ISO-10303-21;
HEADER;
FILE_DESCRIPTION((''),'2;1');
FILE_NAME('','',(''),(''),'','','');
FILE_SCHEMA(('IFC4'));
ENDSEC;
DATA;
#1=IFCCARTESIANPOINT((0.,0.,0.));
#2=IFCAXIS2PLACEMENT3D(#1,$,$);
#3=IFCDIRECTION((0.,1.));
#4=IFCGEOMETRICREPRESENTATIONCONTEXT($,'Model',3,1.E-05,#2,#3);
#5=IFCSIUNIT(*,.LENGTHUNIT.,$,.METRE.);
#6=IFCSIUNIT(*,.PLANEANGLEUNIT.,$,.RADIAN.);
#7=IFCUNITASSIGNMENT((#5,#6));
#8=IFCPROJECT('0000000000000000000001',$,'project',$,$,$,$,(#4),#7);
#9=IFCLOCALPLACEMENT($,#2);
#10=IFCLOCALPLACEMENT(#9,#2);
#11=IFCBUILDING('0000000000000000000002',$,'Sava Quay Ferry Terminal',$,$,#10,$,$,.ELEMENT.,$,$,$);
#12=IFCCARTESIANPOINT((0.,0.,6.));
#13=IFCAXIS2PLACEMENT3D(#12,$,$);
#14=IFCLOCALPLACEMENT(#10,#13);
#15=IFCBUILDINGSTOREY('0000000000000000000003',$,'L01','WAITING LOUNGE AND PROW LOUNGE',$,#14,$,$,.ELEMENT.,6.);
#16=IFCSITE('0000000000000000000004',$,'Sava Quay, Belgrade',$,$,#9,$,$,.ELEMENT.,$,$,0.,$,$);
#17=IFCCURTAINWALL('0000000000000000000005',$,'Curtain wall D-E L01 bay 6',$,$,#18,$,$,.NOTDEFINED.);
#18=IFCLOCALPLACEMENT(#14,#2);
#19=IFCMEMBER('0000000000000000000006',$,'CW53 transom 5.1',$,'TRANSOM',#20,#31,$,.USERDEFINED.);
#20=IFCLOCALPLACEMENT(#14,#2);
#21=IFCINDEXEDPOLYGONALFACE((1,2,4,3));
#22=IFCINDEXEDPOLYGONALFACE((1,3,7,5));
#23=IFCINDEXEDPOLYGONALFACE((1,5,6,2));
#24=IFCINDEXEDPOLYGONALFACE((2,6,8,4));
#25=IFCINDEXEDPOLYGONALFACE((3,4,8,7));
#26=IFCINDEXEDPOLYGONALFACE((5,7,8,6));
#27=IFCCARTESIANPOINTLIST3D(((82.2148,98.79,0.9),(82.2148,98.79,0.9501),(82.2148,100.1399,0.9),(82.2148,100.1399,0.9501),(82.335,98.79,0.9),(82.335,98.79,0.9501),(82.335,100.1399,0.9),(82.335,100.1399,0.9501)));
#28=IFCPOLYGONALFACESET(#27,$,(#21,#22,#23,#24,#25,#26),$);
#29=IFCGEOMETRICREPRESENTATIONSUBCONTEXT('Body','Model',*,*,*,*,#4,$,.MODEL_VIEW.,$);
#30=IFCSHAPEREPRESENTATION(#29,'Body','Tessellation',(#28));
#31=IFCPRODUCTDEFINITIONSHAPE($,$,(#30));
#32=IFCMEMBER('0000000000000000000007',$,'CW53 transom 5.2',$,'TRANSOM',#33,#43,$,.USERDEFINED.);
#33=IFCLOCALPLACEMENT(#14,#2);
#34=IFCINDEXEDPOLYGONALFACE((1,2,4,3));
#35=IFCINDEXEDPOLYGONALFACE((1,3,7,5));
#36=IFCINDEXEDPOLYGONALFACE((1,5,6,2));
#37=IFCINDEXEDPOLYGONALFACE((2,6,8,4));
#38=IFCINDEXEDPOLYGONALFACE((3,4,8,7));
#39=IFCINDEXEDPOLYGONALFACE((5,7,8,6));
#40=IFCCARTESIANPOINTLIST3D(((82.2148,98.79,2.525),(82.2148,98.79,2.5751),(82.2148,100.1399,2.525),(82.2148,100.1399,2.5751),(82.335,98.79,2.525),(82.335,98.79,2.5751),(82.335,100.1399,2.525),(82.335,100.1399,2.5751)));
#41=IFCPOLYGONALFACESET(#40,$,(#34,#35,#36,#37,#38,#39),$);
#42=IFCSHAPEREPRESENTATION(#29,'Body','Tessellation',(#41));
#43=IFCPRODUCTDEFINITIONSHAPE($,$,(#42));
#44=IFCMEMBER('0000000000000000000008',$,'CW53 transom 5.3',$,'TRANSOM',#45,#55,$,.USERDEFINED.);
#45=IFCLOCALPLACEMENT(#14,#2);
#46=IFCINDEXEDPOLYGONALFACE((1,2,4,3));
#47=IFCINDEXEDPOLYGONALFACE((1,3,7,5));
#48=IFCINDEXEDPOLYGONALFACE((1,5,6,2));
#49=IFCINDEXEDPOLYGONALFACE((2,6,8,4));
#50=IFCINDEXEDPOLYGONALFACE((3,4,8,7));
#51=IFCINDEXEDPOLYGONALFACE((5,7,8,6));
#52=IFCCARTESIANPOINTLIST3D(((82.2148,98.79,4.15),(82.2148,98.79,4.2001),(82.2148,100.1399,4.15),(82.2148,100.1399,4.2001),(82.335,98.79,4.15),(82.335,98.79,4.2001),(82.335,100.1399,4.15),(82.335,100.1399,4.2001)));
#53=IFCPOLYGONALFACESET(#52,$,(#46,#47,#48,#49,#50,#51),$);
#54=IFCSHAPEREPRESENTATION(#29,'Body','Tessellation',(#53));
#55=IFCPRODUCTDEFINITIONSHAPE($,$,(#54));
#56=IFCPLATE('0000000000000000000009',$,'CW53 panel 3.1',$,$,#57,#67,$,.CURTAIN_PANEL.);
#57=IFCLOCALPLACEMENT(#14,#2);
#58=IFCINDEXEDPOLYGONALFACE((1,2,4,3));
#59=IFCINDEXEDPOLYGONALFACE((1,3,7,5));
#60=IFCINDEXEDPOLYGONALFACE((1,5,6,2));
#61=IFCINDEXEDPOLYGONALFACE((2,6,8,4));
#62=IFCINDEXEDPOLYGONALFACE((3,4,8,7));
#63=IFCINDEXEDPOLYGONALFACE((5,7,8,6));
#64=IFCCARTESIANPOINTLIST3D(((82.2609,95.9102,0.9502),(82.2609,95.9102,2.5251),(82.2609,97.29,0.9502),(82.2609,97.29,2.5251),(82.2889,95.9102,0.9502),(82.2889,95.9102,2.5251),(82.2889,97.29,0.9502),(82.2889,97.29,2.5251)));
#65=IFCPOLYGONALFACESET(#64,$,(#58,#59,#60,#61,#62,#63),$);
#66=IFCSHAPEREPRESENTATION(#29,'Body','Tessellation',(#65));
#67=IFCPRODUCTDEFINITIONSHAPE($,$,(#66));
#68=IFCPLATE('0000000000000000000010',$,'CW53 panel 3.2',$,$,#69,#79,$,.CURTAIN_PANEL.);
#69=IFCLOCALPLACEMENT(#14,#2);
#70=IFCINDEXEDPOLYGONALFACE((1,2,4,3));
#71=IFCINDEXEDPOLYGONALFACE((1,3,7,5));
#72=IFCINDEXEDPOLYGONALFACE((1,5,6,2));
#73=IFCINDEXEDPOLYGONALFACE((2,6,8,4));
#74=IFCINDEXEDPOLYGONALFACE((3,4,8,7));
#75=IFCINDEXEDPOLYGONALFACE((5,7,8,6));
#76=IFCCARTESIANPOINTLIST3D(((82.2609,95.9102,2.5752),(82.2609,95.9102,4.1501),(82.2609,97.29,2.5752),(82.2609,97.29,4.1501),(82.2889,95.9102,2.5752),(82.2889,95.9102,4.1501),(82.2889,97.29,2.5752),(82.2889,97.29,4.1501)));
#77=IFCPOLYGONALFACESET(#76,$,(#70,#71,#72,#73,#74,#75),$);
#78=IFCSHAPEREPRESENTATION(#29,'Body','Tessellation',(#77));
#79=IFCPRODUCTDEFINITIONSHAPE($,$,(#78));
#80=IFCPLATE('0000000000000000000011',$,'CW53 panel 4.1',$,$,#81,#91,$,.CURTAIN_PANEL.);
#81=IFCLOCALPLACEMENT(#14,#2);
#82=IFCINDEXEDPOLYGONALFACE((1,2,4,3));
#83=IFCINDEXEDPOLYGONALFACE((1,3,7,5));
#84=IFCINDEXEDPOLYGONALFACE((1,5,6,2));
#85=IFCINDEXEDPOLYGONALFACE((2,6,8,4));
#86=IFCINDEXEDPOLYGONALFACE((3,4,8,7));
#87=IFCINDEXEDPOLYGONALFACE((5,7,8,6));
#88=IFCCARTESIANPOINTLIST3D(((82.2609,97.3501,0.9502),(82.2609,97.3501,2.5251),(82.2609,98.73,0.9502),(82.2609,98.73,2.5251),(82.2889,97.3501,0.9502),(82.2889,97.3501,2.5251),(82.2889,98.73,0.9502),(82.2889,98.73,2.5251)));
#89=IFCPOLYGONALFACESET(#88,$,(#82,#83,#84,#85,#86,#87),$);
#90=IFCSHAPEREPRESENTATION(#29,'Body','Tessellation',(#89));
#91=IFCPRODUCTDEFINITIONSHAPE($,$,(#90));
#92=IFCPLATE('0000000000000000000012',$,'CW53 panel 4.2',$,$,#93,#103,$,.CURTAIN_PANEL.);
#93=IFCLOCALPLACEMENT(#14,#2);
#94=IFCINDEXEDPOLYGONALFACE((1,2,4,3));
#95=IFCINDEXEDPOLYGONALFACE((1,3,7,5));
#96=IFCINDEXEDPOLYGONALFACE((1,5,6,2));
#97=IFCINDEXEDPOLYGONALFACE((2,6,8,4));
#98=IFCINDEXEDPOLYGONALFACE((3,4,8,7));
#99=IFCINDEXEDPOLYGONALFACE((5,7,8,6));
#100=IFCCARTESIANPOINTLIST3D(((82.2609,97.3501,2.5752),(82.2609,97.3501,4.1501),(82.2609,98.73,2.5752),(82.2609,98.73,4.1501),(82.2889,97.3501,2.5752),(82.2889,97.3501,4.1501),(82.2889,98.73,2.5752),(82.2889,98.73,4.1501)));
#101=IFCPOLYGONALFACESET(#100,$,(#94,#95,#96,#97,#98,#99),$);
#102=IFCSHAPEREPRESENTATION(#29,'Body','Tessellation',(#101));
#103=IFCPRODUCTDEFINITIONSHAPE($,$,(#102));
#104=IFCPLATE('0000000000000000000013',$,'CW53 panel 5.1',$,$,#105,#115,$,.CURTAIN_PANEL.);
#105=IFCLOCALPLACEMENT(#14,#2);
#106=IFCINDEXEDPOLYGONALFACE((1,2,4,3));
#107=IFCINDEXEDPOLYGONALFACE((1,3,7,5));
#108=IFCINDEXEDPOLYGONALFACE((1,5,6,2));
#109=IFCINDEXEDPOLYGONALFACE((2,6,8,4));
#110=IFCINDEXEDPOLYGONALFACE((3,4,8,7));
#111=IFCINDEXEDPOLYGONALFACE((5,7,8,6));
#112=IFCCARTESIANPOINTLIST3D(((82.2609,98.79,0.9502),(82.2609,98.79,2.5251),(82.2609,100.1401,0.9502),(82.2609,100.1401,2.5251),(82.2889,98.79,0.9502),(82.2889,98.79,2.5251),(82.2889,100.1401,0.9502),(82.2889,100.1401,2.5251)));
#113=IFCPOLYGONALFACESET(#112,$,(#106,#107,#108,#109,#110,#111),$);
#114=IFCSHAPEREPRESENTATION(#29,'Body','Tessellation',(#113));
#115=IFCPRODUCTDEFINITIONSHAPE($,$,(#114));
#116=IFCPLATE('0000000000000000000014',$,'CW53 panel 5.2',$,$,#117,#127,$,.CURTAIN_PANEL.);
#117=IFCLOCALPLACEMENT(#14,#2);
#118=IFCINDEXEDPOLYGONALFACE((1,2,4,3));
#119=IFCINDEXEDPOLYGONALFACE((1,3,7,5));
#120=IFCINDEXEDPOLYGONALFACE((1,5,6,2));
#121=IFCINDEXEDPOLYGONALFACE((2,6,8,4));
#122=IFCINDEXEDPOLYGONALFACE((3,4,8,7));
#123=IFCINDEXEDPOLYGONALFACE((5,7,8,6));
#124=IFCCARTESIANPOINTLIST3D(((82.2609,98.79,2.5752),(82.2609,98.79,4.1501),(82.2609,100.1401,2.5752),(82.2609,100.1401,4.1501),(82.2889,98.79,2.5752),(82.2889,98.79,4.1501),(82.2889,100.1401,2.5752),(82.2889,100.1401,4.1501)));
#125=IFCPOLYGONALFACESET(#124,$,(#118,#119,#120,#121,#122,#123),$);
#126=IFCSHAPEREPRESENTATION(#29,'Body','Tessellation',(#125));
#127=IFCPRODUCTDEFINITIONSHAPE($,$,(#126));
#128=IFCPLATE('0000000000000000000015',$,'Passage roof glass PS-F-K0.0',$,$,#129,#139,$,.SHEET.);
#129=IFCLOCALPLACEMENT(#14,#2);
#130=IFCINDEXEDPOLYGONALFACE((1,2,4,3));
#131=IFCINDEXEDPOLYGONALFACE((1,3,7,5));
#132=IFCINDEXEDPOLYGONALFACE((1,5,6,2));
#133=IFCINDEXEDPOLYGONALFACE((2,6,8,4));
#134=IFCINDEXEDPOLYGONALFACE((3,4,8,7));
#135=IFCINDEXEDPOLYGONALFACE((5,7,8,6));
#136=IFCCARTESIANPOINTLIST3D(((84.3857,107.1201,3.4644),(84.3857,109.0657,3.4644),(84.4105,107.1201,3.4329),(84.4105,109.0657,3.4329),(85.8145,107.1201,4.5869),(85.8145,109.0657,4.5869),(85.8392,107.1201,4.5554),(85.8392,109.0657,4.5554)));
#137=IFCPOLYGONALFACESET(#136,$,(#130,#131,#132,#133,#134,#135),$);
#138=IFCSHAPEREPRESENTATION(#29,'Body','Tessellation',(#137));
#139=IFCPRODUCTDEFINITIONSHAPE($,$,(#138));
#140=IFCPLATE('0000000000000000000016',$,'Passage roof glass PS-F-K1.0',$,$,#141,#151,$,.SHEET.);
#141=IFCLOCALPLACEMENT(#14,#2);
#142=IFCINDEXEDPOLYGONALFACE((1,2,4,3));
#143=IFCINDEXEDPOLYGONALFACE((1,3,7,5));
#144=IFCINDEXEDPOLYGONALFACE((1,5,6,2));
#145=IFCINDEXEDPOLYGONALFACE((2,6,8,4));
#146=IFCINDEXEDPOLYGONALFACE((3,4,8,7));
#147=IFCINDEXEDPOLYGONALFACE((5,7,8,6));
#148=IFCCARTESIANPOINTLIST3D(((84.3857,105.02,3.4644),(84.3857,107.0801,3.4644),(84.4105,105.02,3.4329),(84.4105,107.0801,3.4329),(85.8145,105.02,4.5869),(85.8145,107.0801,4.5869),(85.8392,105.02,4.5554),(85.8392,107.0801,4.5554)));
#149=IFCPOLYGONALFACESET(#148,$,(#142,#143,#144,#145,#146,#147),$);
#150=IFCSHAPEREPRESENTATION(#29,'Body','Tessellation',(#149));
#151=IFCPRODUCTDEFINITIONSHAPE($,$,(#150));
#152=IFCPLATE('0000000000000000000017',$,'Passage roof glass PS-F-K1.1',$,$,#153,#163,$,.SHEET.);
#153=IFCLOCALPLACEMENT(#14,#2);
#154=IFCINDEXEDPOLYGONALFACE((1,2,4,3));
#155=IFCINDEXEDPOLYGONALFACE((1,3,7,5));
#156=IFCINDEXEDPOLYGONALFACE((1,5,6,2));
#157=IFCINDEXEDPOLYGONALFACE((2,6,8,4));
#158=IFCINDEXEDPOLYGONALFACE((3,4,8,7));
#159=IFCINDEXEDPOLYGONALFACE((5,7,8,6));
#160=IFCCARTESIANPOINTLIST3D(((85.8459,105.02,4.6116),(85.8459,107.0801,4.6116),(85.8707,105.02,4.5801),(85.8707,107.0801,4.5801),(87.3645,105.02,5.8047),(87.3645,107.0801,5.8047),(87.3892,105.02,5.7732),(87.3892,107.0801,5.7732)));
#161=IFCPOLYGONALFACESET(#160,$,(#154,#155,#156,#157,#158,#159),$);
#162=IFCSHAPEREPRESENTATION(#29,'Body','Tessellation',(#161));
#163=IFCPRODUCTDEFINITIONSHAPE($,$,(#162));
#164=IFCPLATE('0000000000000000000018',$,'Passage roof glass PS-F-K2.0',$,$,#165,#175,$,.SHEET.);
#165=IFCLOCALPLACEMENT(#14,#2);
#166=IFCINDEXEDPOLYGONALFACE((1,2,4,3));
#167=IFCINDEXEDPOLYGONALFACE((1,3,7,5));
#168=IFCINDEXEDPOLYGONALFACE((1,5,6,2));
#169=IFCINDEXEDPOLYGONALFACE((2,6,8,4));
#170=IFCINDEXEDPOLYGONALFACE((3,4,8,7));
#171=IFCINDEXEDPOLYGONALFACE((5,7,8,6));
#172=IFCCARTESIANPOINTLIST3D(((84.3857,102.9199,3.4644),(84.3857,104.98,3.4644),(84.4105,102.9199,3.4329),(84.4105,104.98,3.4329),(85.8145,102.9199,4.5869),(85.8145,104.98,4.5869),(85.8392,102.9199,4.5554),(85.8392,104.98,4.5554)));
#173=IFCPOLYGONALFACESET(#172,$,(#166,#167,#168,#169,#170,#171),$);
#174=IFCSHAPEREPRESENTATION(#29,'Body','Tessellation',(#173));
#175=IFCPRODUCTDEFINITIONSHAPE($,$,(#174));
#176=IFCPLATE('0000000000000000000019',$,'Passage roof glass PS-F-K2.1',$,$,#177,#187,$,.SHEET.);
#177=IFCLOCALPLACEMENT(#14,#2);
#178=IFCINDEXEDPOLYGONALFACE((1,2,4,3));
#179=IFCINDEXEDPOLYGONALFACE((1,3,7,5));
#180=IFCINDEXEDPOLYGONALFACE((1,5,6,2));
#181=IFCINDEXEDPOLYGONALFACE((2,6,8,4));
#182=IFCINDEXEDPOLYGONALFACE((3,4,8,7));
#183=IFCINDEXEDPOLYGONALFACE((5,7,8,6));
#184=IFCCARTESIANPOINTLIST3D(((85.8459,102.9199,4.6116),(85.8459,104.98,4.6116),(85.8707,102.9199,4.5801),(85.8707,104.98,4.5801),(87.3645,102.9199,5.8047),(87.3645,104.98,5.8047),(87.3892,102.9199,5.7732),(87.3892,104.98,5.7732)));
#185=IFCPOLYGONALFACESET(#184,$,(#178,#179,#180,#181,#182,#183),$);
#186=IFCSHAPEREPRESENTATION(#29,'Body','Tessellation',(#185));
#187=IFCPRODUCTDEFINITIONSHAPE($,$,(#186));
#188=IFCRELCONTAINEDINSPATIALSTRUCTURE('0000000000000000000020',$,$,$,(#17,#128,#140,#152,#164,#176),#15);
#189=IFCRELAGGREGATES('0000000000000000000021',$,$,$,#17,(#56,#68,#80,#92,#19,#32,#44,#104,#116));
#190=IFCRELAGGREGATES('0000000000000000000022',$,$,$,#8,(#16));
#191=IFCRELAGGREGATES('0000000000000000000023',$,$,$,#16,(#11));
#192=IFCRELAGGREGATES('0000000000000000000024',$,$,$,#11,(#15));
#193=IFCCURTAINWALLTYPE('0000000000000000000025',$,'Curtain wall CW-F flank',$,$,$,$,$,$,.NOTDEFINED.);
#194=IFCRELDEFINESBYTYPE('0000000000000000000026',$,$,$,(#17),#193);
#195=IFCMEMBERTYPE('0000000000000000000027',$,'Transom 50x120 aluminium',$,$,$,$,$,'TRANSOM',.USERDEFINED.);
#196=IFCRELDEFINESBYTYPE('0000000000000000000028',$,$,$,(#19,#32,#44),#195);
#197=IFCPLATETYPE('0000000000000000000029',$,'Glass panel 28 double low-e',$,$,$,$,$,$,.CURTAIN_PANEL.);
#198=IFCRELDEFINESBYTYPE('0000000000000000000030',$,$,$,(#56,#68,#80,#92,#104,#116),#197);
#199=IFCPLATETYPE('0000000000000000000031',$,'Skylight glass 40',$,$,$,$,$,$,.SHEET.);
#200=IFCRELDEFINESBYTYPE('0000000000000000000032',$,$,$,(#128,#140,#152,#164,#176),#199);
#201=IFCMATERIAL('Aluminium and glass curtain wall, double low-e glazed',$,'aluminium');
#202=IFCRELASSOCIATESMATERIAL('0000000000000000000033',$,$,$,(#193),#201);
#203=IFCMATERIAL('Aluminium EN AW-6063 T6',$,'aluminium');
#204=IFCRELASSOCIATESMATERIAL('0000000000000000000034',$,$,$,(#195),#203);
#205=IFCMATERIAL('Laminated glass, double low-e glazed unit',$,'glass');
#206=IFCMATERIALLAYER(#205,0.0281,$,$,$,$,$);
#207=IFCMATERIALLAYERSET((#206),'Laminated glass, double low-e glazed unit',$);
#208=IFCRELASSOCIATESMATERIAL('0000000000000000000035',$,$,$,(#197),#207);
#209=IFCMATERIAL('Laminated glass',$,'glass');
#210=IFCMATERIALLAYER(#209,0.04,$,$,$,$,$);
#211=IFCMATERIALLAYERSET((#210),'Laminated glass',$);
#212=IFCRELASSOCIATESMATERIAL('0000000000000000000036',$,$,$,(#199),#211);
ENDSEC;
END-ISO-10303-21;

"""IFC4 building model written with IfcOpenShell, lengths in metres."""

from ifc_helpers import new_model, si_unit, direction, frame, origin, origin_2d, place, context, subcontext, project, spatial, polyline, rectangle, outline, extrude, material, layer, layer_set, material_profile, profile_set, type_object, element, aggregate, save


model = new_model("IFC4")

# Units and contexts
model_context = context("Model", 3, precision=1e-05, world=origin(), true_north=direction((0.0, 1.0)))
body_context = subcontext(model_context, "Body", "Model", "MODEL_VIEW")
ifc_project = project(units=[si_unit("LENGTHUNIT", "METRE"), si_unit("PLANEANGLEUNIT", "RADIAN")], contexts=[model_context])

# Site, building, storey
site_placement = place(None, origin())
site = spatial("IfcSite", under=ifc_project, at=site_placement, Name="Sava Quay, Belgrade", CompositionType="ELEMENT", RefElevation=0.0)
building_placement = place(site_placement, origin())
building = spatial("IfcBuilding", under=site, at=building_placement, Name="Sava Quay Ferry Terminal", CompositionType="ELEMENT")
storey_placement = place(building_placement, frame((0.0, 0.0, 6.0)))
storey = spatial("IfcBuildingStorey", under=building, at=storey_placement, Name="L01", Description="WAITING LOUNGE AND PROW LOUNGE", CompositionType="ELEMENT", Elevation=6.0)

# Curtain wall
ifc_material_1 = material(Name="Aluminium and glass curtain wall, double low-e glazed", Category="aluminium")
curtain_wall_type = type_object("IfcCurtainWallType", Name="Curtain wall CW-F flank", PredefinedType="NOTDEFINED", material=ifc_material_1)
curtain_wall_placement = place(storey_placement, origin())
curtain_wall = element("IfcCurtainWall", 1, at=curtain_wall_placement, inside=storey, type_object=curtain_wall_type, Name="Curtain wall D-E L01 bay 6", PredefinedType="NOTDEFINED")

# Members
ifc_material_2 = material(Name="Aluminium EN AW-6063 T6", Category="aluminium")
ifc_material_profile_1 = material_profile(ifc_material_2, rectangle(XDim=0.1201, YDim=0.05, at=origin_2d()), Name="Transom 50x120 aluminium")
ifc_profile_set_1 = profile_set([ifc_material_profile_1], Name="Aluminium EN AW-6063 T6")
member_type_1 = type_object("IfcMemberType", Name="Transom 50x120 aluminium", ElementType="TRANSOM", PredefinedType="USERDEFINED", material=ifc_profile_set_1)
member_1_placement = place(storey_placement, frame((82.2749, 98.79, 0.925), z_axis=(0.0, 1.0, 0.0), x_axis=(-1.0, 0.0, 0.0)))
member_1 = element("IfcMember", 2, at=member_1_placement, type_object=member_type_1, Name="CW53 transom 5.1", ObjectType="TRANSOM", PredefinedType="USERDEFINED", context=body_context, shape_type="SweptSolid", body=[
    extrude(rectangle(XDim=0.1201, YDim=0.05, at=origin_2d()), origin(), (0.0, 0.0, 1.0), 1.3499),
])
member_2_placement = place(storey_placement, frame((82.2749, 98.79, 2.55), z_axis=(0.0, 1.0, 0.0), x_axis=(-1.0, 0.0, 0.0)))
member_2 = element("IfcMember", 3, at=member_2_placement, type_object=member_type_1, Name="CW53 transom 5.2", ObjectType="TRANSOM", PredefinedType="USERDEFINED", context=body_context, shape_type="SweptSolid", body=[
    extrude(rectangle(XDim=0.1201, YDim=0.05, at=origin_2d()), origin(), (0.0, 0.0, 1.0), 1.3499),
])
member_3_placement = place(storey_placement, frame((82.2749, 98.79, 4.175), z_axis=(0.0, 1.0, 0.0), x_axis=(-1.0, 0.0, 0.0)))
member_3 = element("IfcMember", 4, at=member_3_placement, type_object=member_type_1, Name="CW53 transom 5.3", ObjectType="TRANSOM", PredefinedType="USERDEFINED", context=body_context, shape_type="SweptSolid", body=[
    extrude(rectangle(XDim=0.1201, YDim=0.05, at=origin_2d()), origin(), (0.0, 0.0, 1.0), 1.3499),
])

# Plates
ifc_material_3 = material(Name="Laminated glass, double low-e glazed unit", Category="glass")
ifc_layer_1 = layer(ifc_material_3, 0.0281)
ifc_layer_set_1 = layer_set([ifc_layer_1], Name="Laminated glass, double low-e glazed unit")
plate_type_1 = type_object("IfcPlateType", Name="Glass panel 28 double low-e", PredefinedType="CURTAIN_PANEL", material=ifc_layer_set_1)
plate_1_placement = place(storey_placement, frame((82.2749, 96.6001, 0.9502), z_axis=(0.0, 0.0, 1.0), x_axis=(0.0, 1.0, 0.0)))
plate_1 = element("IfcPlate", 5, at=plate_1_placement, type_object=plate_type_1, Name="CW53 panel 3.1", PredefinedType="CURTAIN_PANEL", context=body_context, shape_type="SweptSolid", body=[
    extrude(rectangle(XDim=1.3799, YDim=0.0281, at=origin_2d()), origin(), (0.0, 0.0, 1.0), 1.575),
])
plate_2_placement = place(storey_placement, frame((82.2749, 96.6001, 2.5752), z_axis=(0.0, 0.0, 1.0), x_axis=(0.0, 1.0, 0.0)))
plate_2 = element("IfcPlate", 6, at=plate_2_placement, type_object=plate_type_1, Name="CW53 panel 3.2", PredefinedType="CURTAIN_PANEL", context=body_context, shape_type="SweptSolid", body=[
    extrude(rectangle(XDim=1.3799, YDim=0.0281, at=origin_2d()), origin(), (0.0, 0.0, 1.0), 1.575),
])
plate_3_placement = place(storey_placement, frame((82.2749, 98.04, 0.9502), z_axis=(0.0, 0.0, 1.0), x_axis=(0.0, 1.0, 0.0)))
plate_3 = element("IfcPlate", 7, at=plate_3_placement, type_object=plate_type_1, Name="CW53 panel 4.1", PredefinedType="CURTAIN_PANEL", context=body_context, shape_type="SweptSolid", body=[
    extrude(rectangle(XDim=1.3799, YDim=0.0281, at=origin_2d()), origin(), (0.0, 0.0, 1.0), 1.575),
])
plate_4_placement = place(storey_placement, frame((82.2749, 98.04, 2.5752), z_axis=(0.0, 0.0, 1.0), x_axis=(0.0, 1.0, 0.0)))
plate_4 = element("IfcPlate", 8, at=plate_4_placement, type_object=plate_type_1, Name="CW53 panel 4.2", PredefinedType="CURTAIN_PANEL", context=body_context, shape_type="SweptSolid", body=[
    extrude(rectangle(XDim=1.3799, YDim=0.0281, at=origin_2d()), origin(), (0.0, 0.0, 1.0), 1.575),
])
plate_5_placement = place(storey_placement, frame((82.2749, 99.4651, 0.9502), z_axis=(0.0, 0.0, 1.0), x_axis=(0.0, 1.0, 0.0)))
plate_5 = element("IfcPlate", 9, at=plate_5_placement, type_object=plate_type_1, Name="CW53 panel 5.1", PredefinedType="CURTAIN_PANEL", context=body_context, shape_type="SweptSolid", body=[
    extrude(rectangle(XDim=1.3501, YDim=0.0281, at=origin_2d()), origin(), (0.0, 0.0, 1.0), 1.575),
])
plate_6_placement = place(storey_placement, frame((82.2749, 99.4651, 2.5752), z_axis=(0.0, 0.0, 1.0), x_axis=(0.0, 1.0, 0.0)))
plate_6 = element("IfcPlate", 10, at=plate_6_placement, type_object=plate_type_1, Name="CW53 panel 5.2", PredefinedType="CURTAIN_PANEL", context=body_context, shape_type="SweptSolid", body=[
    extrude(rectangle(XDim=1.3501, YDim=0.0281, at=origin_2d()), origin(), (0.0, 0.0, 1.0), 1.575),
])
aggregate(curtain_wall, [plate_1, plate_2, plate_3, plate_4, member_1, member_2, member_3, plate_5, plate_6])

# Plates
ifc_material_4 = material(Name="Laminated glass", Category="glass")
ifc_layer_2 = layer(ifc_material_4, 0.04)
ifc_layer_set_2 = layer_set([ifc_layer_2], Name="Laminated glass")
plate_type_2 = type_object("IfcPlateType", Name="Skylight glass 40", PredefinedType="SHEET", material=ifc_layer_set_2)
plate_7_placement = place(storey_placement, frame((85.8145, 107.1201, 4.5869), z_axis=(-0.617822, 0.0, 0.786318), x_axis=(-0.786318, 0.0, -0.617822)))
element("IfcPlate", 11, at=plate_7_placement, inside=storey, type_object=plate_type_2, Name="Passage roof glass PS-F-K0.0", PredefinedType="SHEET", context=body_context, shape_type="SweptSolid", body=[
    extrude(outline(polyline([(0.0, 0.0), (1.817, 0.0), (1.817, -1.9456), (0.0, -1.9456), (0.0, 0.0)])), origin(), (0.0, 0.0, -1.0), 0.04),
])
plate_8_placement = place(storey_placement, frame((85.8145, 107.0801, 4.5869), z_axis=(-0.617822, 0.0, 0.786318), x_axis=(0.0, -1.0, 0.0)))
element("IfcPlate", 12, at=plate_8_placement, inside=storey, type_object=plate_type_2, Name="Passage roof glass PS-F-K1.0", PredefinedType="SHEET", context=body_context, shape_type="SweptSolid", body=[
    extrude(outline(polyline([(0.0, 0.0), (2.0601, 0.0), (2.0601, -1.817), (0.0, -1.817), (0.0, 0.0)])), origin(), (0.0, 0.0, -1.0), 0.04),
])
plate_9_placement = place(storey_placement, frame((85.8459, 107.0801, 4.6116), z_axis=(-0.61781, 0.0, 0.786327), x_axis=(0.786327, 0.0, 0.61781)))
element("IfcPlate", 13, at=plate_9_placement, inside=storey, type_object=plate_type_2, Name="Passage roof glass PS-F-K1.1", PredefinedType="SHEET", context=body_context, shape_type="SweptSolid", body=[
    extrude(outline(polyline([(0.0, 0.0), (1.9312, 0.0), (1.9312, -2.0601), (0.0, -2.0601), (0.0, 0.0)])), origin(), (0.0, 0.0, -1.0), 0.04),
])
plate_10_placement = place(storey_placement, frame((85.8145, 104.98, 4.5869), z_axis=(-0.617822, 0.0, 0.786318), x_axis=(0.0, -1.0, 0.0)))
element("IfcPlate", 14, at=plate_10_placement, inside=storey, type_object=plate_type_2, Name="Passage roof glass PS-F-K2.0", PredefinedType="SHEET", context=body_context, shape_type="SweptSolid", body=[
    extrude(outline(polyline([(0.0, 0.0), (2.0601, 0.0), (2.0601, -1.817), (0.0, -1.817), (0.0, 0.0)])), origin(), (0.0, 0.0, -1.0), 0.04),
])
plate_11_placement = place(storey_placement, frame((85.8459, 104.98, 4.6116), z_axis=(-0.61781, 0.0, 0.786327), x_axis=(0.786327, 0.0, 0.61781)))
element("IfcPlate", 15, at=plate_11_placement, inside=storey, type_object=plate_type_2, Name="Passage roof glass PS-F-K2.1", PredefinedType="SHEET", context=body_context, shape_type="SweptSolid", body=[
    extrude(outline(polyline([(0.0, 0.0), (1.9312, 0.0), (1.9312, -2.0601), (0.0, -2.0601), (0.0, 0.0)])), origin(), (0.0, 0.0, -1.0), 0.04),
])

save(model, "model.ifc")
